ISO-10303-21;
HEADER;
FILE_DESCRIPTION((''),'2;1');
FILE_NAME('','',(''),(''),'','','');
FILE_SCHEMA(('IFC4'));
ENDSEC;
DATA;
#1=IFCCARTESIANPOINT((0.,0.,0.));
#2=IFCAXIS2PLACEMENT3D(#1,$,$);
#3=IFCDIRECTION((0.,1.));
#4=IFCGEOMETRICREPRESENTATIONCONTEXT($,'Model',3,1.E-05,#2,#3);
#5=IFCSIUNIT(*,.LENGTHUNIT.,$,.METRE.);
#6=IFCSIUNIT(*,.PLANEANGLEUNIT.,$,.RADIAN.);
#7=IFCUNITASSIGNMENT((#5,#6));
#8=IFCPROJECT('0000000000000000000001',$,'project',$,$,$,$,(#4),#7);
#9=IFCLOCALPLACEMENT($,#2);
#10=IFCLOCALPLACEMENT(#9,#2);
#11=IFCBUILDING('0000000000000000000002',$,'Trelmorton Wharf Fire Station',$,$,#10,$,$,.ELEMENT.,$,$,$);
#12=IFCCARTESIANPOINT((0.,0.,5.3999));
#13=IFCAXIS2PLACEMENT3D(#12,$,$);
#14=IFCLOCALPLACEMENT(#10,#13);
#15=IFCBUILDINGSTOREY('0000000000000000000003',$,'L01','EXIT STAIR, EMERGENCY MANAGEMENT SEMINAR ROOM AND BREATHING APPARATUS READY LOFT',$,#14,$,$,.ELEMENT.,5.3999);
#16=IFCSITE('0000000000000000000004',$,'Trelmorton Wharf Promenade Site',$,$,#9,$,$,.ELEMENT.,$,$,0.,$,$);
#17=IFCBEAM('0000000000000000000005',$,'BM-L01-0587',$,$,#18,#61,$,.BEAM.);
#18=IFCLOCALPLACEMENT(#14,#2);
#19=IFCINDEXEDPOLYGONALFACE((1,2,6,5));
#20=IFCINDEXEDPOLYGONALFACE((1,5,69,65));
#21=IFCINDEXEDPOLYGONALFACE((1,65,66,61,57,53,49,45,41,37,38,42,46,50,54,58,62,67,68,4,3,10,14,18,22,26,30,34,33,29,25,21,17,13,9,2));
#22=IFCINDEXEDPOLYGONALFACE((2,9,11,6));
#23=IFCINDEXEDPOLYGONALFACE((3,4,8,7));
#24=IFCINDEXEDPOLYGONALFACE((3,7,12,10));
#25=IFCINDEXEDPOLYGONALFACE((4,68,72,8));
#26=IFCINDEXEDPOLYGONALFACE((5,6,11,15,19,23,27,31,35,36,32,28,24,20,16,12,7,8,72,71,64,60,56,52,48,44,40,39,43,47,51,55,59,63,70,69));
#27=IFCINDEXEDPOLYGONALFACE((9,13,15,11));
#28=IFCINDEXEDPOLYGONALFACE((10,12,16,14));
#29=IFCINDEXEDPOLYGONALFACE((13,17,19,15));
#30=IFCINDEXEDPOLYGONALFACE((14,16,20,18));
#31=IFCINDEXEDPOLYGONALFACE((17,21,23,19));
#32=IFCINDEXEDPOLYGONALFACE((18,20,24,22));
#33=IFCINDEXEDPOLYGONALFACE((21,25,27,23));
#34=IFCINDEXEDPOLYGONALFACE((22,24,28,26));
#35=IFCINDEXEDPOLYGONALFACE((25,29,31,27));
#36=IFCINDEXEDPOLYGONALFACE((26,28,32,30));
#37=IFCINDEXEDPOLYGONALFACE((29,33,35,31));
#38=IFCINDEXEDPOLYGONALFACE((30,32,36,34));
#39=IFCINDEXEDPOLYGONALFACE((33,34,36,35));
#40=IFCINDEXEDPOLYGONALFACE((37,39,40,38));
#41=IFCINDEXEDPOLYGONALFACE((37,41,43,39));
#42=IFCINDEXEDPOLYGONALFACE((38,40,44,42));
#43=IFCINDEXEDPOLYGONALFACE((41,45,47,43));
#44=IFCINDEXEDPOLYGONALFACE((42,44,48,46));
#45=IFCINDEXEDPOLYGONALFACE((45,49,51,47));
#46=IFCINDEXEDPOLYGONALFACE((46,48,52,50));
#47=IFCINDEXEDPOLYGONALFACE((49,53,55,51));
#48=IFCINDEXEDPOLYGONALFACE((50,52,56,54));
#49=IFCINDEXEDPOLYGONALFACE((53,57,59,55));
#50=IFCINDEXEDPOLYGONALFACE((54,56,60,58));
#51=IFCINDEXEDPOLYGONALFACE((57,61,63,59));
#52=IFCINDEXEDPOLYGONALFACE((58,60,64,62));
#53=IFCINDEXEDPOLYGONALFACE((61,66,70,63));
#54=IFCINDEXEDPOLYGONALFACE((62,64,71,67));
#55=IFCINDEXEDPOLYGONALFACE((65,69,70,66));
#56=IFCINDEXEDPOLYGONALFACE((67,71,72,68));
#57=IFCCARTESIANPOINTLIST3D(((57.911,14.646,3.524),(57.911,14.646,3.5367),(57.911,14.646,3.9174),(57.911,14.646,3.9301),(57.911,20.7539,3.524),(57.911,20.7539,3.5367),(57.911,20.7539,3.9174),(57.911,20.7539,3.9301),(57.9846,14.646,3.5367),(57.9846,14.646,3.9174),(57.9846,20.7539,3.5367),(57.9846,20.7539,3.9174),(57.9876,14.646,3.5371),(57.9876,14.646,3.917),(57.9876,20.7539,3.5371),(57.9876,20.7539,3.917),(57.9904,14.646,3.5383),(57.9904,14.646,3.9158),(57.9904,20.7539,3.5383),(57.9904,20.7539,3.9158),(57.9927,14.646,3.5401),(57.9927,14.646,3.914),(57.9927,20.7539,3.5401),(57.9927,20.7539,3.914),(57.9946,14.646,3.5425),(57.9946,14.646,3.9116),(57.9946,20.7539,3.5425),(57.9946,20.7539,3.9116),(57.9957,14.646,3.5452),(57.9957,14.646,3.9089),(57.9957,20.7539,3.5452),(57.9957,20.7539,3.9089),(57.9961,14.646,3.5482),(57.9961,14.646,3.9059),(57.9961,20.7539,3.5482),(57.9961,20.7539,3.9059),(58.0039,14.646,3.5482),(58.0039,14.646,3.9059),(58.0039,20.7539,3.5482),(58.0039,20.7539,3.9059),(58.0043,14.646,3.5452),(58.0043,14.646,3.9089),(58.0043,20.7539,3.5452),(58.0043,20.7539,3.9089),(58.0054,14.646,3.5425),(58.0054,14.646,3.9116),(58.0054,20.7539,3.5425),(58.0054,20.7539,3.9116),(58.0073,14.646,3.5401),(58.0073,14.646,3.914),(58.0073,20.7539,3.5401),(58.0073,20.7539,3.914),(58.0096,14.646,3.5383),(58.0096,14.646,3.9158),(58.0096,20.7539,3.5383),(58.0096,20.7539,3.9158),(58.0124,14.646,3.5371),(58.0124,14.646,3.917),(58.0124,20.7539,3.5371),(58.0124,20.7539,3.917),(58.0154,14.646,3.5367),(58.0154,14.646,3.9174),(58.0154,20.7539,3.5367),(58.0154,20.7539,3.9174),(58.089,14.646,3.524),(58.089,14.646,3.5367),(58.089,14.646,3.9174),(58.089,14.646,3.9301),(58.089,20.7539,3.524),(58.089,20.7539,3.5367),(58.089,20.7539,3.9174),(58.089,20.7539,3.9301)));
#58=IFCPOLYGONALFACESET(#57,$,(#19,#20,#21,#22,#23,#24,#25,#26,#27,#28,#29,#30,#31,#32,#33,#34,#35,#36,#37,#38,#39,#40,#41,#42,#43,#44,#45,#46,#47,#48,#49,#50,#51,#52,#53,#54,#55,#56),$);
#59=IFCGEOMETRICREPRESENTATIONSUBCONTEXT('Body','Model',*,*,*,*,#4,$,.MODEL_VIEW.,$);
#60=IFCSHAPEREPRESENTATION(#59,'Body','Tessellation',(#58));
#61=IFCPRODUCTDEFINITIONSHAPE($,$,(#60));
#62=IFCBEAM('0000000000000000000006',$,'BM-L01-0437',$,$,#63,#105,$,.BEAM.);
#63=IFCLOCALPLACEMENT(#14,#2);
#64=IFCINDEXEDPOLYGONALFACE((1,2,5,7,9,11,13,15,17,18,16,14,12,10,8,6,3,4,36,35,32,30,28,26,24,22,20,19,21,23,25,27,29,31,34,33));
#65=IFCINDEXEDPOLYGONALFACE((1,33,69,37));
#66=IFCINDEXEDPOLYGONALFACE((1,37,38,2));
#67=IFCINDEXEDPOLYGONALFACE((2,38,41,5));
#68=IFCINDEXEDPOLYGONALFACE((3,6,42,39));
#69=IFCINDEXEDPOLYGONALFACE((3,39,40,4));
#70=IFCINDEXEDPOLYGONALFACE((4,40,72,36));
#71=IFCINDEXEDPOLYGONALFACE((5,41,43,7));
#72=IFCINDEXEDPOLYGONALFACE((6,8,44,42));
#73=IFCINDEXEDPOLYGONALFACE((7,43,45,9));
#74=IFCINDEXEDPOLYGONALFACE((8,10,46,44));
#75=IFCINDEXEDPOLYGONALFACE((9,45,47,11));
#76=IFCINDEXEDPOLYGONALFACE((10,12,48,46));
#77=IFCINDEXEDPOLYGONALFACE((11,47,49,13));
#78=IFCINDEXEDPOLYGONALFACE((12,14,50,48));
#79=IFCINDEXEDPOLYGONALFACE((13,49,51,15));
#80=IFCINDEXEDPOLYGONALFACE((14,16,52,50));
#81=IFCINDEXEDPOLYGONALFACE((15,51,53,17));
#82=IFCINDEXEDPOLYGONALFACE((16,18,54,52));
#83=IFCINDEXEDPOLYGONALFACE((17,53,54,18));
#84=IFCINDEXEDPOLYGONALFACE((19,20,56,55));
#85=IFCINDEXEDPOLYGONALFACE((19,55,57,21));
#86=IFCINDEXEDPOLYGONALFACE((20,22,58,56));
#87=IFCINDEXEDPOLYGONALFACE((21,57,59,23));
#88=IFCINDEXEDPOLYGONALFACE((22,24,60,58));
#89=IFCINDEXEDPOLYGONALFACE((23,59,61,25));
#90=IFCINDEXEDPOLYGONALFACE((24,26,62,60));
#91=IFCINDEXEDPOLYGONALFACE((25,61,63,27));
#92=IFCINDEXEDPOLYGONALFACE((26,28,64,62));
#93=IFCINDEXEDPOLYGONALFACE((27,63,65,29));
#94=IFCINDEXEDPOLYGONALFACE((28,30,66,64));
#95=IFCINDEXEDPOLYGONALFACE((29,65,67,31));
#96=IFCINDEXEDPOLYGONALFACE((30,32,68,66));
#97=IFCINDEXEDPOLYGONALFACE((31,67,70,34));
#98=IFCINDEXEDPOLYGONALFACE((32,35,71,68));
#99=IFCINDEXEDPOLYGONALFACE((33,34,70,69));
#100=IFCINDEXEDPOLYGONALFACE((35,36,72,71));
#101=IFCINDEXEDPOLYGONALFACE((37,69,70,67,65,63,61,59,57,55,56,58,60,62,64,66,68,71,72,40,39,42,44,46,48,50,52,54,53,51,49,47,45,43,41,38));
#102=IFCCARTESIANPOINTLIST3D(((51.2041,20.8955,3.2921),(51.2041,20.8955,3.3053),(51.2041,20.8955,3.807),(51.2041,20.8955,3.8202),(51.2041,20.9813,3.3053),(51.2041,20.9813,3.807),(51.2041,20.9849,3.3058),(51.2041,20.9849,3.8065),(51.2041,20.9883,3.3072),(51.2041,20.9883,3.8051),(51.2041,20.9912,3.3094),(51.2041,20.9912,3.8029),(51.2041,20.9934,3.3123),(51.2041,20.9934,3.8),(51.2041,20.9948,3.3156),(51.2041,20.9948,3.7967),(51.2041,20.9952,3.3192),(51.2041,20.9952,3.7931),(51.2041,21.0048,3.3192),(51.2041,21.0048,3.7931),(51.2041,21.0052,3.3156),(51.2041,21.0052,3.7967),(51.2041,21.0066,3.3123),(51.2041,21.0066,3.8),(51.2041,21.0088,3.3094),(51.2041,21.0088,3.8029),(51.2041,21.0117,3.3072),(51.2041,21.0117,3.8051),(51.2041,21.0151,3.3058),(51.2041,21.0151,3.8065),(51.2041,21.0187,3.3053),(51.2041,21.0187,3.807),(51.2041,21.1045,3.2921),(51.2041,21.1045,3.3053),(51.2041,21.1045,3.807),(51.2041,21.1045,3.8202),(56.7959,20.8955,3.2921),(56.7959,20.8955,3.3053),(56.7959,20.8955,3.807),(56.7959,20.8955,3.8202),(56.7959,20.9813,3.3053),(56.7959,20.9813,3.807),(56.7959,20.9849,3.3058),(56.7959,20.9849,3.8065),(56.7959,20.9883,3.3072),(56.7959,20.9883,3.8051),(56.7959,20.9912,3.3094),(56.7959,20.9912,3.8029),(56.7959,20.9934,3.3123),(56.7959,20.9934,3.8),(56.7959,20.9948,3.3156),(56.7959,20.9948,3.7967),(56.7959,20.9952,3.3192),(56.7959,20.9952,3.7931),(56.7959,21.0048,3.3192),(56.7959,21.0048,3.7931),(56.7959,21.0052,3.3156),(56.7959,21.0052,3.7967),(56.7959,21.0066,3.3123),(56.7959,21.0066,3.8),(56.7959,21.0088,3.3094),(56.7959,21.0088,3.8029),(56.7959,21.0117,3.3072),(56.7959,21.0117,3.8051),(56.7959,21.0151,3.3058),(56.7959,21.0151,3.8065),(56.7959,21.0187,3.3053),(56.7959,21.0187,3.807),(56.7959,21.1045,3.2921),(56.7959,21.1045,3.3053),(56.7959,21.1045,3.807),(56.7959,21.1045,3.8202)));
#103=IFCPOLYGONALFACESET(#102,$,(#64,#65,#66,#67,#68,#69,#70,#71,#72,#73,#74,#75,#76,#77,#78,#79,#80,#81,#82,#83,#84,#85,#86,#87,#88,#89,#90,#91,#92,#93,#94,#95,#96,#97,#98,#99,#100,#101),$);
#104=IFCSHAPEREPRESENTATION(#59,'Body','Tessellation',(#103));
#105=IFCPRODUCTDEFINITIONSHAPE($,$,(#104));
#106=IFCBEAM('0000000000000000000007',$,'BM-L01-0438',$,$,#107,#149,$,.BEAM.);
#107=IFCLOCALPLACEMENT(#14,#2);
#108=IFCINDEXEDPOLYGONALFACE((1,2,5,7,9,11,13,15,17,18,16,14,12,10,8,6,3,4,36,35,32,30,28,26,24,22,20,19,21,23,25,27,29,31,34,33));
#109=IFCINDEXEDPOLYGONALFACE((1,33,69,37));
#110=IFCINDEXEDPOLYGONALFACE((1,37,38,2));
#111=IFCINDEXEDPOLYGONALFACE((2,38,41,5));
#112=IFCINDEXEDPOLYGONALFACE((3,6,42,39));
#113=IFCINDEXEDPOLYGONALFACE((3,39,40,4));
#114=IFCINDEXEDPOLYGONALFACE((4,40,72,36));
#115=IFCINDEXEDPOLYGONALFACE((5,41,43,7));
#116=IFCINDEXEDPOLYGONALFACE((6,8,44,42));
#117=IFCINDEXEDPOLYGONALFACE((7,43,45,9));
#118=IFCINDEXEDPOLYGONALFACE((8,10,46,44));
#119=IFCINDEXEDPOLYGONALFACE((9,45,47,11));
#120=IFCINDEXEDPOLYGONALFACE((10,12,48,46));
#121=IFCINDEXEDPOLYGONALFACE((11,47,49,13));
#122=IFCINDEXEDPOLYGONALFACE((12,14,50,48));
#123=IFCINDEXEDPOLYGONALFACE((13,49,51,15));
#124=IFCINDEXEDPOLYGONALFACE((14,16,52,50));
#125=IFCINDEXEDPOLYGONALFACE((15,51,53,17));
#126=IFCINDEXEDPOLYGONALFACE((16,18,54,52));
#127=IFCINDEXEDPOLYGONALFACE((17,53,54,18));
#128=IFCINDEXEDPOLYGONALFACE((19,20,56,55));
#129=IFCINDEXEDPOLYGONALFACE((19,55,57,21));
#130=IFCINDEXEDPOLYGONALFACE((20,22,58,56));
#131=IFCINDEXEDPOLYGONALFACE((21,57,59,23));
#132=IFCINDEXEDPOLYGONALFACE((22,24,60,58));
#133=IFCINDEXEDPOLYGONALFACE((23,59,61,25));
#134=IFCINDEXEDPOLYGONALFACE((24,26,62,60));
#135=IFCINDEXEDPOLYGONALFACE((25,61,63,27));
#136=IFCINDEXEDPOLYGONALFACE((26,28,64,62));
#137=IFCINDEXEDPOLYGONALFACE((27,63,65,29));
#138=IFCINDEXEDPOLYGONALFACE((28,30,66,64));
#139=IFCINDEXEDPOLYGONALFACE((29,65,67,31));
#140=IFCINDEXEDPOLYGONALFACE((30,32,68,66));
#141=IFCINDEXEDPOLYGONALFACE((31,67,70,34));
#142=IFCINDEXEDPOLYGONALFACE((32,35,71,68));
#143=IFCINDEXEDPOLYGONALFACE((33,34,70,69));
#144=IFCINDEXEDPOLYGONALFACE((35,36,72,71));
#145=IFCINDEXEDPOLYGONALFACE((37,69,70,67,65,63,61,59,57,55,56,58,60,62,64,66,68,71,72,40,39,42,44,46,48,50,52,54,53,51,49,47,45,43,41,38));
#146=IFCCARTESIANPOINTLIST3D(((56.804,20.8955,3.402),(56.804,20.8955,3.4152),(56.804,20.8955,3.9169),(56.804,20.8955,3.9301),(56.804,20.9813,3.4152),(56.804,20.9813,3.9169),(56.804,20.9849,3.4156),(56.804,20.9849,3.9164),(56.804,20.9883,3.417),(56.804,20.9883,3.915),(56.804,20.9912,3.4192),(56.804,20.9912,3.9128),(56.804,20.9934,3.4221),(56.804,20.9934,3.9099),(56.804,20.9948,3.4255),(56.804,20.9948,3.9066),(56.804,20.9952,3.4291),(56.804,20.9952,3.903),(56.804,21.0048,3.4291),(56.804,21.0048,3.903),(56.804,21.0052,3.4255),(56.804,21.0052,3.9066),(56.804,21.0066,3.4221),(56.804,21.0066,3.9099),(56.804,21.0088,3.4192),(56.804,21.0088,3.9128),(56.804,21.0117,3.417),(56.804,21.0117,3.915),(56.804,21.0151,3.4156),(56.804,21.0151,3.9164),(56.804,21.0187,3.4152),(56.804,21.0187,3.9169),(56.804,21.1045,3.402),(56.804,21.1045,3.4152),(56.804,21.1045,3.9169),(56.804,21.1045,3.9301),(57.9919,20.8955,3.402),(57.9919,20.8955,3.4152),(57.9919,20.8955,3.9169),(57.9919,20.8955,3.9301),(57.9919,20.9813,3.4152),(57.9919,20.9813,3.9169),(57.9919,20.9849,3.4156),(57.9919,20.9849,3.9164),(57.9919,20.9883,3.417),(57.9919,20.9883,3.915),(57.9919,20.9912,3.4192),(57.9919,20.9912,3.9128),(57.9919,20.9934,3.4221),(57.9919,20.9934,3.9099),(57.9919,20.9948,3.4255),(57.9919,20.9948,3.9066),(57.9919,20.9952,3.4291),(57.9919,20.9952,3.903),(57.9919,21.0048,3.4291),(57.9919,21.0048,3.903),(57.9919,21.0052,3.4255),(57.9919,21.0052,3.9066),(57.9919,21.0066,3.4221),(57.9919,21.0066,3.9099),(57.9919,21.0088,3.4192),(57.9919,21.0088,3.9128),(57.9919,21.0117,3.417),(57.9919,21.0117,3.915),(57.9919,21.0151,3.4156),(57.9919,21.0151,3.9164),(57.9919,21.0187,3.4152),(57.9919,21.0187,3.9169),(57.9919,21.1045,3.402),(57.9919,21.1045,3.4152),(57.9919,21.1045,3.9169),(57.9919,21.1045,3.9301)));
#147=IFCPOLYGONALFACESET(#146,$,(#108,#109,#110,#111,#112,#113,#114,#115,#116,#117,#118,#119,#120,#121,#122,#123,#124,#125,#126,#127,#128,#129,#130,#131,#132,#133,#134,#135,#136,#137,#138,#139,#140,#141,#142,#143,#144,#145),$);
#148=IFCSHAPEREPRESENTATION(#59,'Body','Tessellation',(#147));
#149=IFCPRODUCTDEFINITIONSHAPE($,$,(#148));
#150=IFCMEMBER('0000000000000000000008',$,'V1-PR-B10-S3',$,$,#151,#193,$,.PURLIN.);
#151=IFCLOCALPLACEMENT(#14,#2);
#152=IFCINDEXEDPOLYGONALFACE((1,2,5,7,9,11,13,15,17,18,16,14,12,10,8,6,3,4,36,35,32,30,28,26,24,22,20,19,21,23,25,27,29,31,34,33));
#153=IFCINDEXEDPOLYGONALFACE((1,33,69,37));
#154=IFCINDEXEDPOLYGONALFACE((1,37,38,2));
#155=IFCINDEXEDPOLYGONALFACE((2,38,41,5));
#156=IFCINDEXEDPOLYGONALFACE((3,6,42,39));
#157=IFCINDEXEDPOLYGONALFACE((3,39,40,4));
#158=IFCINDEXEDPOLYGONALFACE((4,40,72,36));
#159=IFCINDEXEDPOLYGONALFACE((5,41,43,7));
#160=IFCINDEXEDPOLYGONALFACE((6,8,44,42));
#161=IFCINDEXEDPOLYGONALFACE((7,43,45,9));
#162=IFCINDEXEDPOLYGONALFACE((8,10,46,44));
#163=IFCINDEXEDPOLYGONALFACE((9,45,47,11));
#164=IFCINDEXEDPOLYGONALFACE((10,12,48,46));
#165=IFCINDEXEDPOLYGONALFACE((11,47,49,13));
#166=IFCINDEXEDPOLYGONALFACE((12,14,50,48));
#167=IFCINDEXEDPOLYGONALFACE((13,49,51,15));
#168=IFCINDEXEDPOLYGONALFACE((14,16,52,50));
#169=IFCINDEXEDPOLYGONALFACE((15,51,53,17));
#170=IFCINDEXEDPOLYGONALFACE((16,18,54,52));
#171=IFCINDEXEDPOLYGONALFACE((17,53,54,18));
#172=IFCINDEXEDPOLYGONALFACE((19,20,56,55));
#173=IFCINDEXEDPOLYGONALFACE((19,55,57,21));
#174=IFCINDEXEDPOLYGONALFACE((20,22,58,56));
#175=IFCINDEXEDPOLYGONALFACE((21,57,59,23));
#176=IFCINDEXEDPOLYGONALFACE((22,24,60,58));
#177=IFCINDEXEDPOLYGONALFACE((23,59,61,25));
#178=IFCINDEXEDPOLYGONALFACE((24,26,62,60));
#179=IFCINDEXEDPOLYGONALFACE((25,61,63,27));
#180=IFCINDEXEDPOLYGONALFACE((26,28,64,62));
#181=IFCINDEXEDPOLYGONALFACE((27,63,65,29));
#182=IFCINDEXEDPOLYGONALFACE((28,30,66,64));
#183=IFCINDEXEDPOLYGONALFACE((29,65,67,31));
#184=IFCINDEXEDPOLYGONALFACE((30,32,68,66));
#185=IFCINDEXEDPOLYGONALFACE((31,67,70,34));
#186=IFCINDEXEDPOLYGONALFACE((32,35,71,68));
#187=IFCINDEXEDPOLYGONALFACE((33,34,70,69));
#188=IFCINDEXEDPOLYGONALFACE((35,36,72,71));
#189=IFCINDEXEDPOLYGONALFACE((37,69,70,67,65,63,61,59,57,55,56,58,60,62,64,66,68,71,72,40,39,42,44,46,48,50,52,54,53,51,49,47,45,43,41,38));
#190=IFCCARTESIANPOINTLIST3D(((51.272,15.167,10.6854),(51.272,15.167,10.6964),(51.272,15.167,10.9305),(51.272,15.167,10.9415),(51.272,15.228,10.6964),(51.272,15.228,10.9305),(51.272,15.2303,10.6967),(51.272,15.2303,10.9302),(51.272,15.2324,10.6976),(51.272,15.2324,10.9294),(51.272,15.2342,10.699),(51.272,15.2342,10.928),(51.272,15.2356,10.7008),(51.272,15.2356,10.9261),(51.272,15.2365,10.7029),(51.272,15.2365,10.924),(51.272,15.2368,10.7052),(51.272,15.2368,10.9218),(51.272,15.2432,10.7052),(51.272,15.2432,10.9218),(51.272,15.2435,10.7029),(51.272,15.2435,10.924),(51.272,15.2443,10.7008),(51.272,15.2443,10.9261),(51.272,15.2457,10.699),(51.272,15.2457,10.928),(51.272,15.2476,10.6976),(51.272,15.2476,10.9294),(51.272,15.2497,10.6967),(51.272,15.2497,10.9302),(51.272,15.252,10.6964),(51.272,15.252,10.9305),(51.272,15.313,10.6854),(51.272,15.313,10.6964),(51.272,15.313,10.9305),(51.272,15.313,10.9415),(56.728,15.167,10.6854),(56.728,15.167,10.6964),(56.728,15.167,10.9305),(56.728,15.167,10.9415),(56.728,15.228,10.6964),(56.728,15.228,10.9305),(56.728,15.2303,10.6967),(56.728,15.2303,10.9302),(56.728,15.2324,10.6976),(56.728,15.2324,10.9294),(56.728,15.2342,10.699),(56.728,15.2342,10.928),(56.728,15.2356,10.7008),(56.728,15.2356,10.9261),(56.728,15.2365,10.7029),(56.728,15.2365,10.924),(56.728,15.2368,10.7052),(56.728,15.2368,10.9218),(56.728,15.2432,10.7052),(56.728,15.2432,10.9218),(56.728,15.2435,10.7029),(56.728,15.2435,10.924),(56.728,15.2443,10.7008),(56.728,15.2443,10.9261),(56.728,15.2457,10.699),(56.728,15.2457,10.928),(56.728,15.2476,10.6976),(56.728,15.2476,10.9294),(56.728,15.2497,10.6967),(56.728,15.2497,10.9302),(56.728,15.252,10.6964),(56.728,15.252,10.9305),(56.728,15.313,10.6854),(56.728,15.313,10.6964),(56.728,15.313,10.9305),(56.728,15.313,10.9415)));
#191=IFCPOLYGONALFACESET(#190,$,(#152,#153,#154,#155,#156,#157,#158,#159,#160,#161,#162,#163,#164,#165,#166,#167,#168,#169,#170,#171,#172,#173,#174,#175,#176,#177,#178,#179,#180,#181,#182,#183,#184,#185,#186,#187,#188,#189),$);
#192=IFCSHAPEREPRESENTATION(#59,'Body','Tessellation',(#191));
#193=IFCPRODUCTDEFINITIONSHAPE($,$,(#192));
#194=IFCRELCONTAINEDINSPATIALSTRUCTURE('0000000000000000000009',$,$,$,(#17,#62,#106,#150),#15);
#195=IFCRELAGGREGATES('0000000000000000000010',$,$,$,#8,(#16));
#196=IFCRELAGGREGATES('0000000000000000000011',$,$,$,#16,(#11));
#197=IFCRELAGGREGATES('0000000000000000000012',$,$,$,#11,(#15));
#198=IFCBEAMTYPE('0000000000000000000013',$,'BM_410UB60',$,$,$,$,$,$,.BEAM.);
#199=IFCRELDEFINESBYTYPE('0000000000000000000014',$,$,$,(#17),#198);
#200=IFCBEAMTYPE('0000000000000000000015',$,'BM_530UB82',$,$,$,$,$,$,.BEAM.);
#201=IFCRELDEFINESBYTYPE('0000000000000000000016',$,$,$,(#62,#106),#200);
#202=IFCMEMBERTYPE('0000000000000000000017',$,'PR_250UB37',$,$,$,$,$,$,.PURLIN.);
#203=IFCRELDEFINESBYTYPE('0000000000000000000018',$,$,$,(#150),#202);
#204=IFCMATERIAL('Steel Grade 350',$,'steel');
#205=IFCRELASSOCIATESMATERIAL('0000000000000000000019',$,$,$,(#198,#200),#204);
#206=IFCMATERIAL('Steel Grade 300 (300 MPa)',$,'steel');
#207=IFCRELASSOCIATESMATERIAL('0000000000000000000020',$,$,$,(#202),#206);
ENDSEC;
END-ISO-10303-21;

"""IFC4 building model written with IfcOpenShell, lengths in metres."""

from ifc_helpers import new_model, si_unit, direction, frame, origin, origin_2d, place, context, subcontext, project, spatial, i_section, extrude, material, material_profile, profile_set, type_object, element, save


model = new_model("IFC4")

# Units and contexts
model_context = context("Model", 3, precision=1e-05, world=origin(), true_north=direction((0.0, 1.0)))
body_context = subcontext(model_context, "Body", "Model", "MODEL_VIEW")
ifc_project = project(units=[si_unit("LENGTHUNIT", "METRE"), si_unit("PLANEANGLEUNIT", "RADIAN")], contexts=[model_context])

# Site, building, storey
site_placement = place(None, origin())
site = spatial("IfcSite", under=ifc_project, at=site_placement, Name="Trelmorton Wharf Promenade Site", CompositionType="ELEMENT", RefElevation=0.0)
building_placement = place(site_placement, origin())
building = spatial("IfcBuilding", under=site, at=building_placement, Name="Trelmorton Wharf Fire Station", CompositionType="ELEMENT")
storey_placement = place(building_placement, frame((0.0, 0.0, 5.3999)))
storey = spatial("IfcBuildingStorey", under=building, at=storey_placement, Name="L01", Description="EXIT STAIR, EMERGENCY MANAGEMENT SEMINAR ROOM AND BREATHING APPARATUS READY LOFT", CompositionType="ELEMENT", Elevation=5.3999)

# Beams
ifc_material_1 = material(Name="Steel Grade 350", Category="steel")
ifc_material_profile_1 = material_profile(ifc_material_1, i_section(OverallWidth=0.178, OverallDepth=0.406, WebThickness=0.0078, FlangeThickness=0.0127, FilletRadius=0.0115, at=origin_2d()), Name="410UB59.7")
ifc_profile_set_1 = profile_set([ifc_material_profile_1], Name="Steel Grade 350")
beam_type_1 = type_object("IfcBeamType", Name="BM_410UB60", PredefinedType="BEAM", material=ifc_profile_set_1)
beam_1_placement = place(storey_placement, frame((58.0, 14.646, 3.7271), z_axis=(0.0, 1.0, 0.0), x_axis=(-1.0, 0.0, 0.0)))
element("IfcBeam", 1, at=beam_1_placement, inside=storey, type_object=beam_type_1, Name="BM-L01-0587", PredefinedType="BEAM", context=body_context, shape_type="SweptSolid", body=[
    extrude(i_section(OverallWidth=0.178, OverallDepth=0.406, WebThickness=0.0078, FlangeThickness=0.0127, FilletRadius=0.0115, at=origin_2d()), origin(), (0.0, 0.0, 1.0), 6.1079),
])
ifc_material_profile_2 = material_profile(ifc_material_1, i_section(OverallWidth=0.209, OverallDepth=0.5281, WebThickness=0.0095, FlangeThickness=0.0132, FilletRadius=0.0139, at=origin_2d()), Name="530UB82.0")
ifc_profile_set_2 = profile_set([ifc_material_profile_2], Name="Steel Grade 350")
beam_type_2 = type_object("IfcBeamType", Name="BM_530UB82", PredefinedType="BEAM", material=ifc_profile_set_2)
beam_2_placement = place(storey_placement, frame((51.2041, 21.0, 3.5562), z_axis=(1.0, 0.0, 0.0), x_axis=(0.0, 1.0, 0.0)))
element("IfcBeam", 2, at=beam_2_placement, inside=storey, type_object=beam_type_2, Name="BM-L01-0437", PredefinedType="BEAM", context=body_context, shape_type="SweptSolid", body=[
    extrude(i_section(OverallWidth=0.209, OverallDepth=0.5281, WebThickness=0.0095, FlangeThickness=0.0132, FilletRadius=0.0139, at=origin_2d()), origin(), (0.0, 0.0, 1.0), 5.5918),
])
beam_3_placement = place(storey_placement, frame((56.804, 21.0, 3.666), z_axis=(1.0, 0.0, 0.0), x_axis=(0.0, 1.0, 0.0)))
element("IfcBeam", 3, at=beam_3_placement, inside=storey, type_object=beam_type_2, Name="BM-L01-0438", PredefinedType="BEAM", context=body_context, shape_type="SweptSolid", body=[
    extrude(i_section(OverallWidth=0.209, OverallDepth=0.5281, WebThickness=0.0095, FlangeThickness=0.0132, FilletRadius=0.0139, at=origin_2d()), origin(), (0.0, 0.0, 1.0), 1.188),
])

# Member
ifc_material_2 = material(Name="Steel Grade 300 (300 MPa)", Category="steel")
ifc_material_profile_3 = material_profile(ifc_material_2, i_section(OverallWidth=0.146, OverallDepth=0.2561, WebThickness=0.0063, FlangeThickness=0.011, FilletRadius=0.0088, at=origin_2d()), Name="250UB37.3")
ifc_profile_set_3 = profile_set([ifc_material_profile_3], Name="Steel Grade 300 (300 MPa)")
member_type_1 = type_object("IfcMemberType", Name="PR_250UB37", PredefinedType="PURLIN", material=ifc_profile_set_3)
for number, where, z_axis, x_axis, name in (
    (4, (51.272, 15.24, 10.8135), (1.0, 0.0, 0.0), (0.0, 1.0, 0.0), "V1-PR-B10-S3"),
):
    element("IfcMember", number, at=place(storey_placement, frame(where, z_axis=z_axis, x_axis=x_axis)), inside=storey, type_object=member_type_1, Name=name, PredefinedType="PURLIN", context=body_context, shape_type="SweptSolid", body=[
        extrude(i_section(OverallWidth=0.146, OverallDepth=0.2561, WebThickness=0.0063, FlangeThickness=0.011, FilletRadius=0.0088, at=origin_2d()), origin(), (0.0, 0.0, 1.0), 5.4561),
    ])

save(model, "model.ifc")
